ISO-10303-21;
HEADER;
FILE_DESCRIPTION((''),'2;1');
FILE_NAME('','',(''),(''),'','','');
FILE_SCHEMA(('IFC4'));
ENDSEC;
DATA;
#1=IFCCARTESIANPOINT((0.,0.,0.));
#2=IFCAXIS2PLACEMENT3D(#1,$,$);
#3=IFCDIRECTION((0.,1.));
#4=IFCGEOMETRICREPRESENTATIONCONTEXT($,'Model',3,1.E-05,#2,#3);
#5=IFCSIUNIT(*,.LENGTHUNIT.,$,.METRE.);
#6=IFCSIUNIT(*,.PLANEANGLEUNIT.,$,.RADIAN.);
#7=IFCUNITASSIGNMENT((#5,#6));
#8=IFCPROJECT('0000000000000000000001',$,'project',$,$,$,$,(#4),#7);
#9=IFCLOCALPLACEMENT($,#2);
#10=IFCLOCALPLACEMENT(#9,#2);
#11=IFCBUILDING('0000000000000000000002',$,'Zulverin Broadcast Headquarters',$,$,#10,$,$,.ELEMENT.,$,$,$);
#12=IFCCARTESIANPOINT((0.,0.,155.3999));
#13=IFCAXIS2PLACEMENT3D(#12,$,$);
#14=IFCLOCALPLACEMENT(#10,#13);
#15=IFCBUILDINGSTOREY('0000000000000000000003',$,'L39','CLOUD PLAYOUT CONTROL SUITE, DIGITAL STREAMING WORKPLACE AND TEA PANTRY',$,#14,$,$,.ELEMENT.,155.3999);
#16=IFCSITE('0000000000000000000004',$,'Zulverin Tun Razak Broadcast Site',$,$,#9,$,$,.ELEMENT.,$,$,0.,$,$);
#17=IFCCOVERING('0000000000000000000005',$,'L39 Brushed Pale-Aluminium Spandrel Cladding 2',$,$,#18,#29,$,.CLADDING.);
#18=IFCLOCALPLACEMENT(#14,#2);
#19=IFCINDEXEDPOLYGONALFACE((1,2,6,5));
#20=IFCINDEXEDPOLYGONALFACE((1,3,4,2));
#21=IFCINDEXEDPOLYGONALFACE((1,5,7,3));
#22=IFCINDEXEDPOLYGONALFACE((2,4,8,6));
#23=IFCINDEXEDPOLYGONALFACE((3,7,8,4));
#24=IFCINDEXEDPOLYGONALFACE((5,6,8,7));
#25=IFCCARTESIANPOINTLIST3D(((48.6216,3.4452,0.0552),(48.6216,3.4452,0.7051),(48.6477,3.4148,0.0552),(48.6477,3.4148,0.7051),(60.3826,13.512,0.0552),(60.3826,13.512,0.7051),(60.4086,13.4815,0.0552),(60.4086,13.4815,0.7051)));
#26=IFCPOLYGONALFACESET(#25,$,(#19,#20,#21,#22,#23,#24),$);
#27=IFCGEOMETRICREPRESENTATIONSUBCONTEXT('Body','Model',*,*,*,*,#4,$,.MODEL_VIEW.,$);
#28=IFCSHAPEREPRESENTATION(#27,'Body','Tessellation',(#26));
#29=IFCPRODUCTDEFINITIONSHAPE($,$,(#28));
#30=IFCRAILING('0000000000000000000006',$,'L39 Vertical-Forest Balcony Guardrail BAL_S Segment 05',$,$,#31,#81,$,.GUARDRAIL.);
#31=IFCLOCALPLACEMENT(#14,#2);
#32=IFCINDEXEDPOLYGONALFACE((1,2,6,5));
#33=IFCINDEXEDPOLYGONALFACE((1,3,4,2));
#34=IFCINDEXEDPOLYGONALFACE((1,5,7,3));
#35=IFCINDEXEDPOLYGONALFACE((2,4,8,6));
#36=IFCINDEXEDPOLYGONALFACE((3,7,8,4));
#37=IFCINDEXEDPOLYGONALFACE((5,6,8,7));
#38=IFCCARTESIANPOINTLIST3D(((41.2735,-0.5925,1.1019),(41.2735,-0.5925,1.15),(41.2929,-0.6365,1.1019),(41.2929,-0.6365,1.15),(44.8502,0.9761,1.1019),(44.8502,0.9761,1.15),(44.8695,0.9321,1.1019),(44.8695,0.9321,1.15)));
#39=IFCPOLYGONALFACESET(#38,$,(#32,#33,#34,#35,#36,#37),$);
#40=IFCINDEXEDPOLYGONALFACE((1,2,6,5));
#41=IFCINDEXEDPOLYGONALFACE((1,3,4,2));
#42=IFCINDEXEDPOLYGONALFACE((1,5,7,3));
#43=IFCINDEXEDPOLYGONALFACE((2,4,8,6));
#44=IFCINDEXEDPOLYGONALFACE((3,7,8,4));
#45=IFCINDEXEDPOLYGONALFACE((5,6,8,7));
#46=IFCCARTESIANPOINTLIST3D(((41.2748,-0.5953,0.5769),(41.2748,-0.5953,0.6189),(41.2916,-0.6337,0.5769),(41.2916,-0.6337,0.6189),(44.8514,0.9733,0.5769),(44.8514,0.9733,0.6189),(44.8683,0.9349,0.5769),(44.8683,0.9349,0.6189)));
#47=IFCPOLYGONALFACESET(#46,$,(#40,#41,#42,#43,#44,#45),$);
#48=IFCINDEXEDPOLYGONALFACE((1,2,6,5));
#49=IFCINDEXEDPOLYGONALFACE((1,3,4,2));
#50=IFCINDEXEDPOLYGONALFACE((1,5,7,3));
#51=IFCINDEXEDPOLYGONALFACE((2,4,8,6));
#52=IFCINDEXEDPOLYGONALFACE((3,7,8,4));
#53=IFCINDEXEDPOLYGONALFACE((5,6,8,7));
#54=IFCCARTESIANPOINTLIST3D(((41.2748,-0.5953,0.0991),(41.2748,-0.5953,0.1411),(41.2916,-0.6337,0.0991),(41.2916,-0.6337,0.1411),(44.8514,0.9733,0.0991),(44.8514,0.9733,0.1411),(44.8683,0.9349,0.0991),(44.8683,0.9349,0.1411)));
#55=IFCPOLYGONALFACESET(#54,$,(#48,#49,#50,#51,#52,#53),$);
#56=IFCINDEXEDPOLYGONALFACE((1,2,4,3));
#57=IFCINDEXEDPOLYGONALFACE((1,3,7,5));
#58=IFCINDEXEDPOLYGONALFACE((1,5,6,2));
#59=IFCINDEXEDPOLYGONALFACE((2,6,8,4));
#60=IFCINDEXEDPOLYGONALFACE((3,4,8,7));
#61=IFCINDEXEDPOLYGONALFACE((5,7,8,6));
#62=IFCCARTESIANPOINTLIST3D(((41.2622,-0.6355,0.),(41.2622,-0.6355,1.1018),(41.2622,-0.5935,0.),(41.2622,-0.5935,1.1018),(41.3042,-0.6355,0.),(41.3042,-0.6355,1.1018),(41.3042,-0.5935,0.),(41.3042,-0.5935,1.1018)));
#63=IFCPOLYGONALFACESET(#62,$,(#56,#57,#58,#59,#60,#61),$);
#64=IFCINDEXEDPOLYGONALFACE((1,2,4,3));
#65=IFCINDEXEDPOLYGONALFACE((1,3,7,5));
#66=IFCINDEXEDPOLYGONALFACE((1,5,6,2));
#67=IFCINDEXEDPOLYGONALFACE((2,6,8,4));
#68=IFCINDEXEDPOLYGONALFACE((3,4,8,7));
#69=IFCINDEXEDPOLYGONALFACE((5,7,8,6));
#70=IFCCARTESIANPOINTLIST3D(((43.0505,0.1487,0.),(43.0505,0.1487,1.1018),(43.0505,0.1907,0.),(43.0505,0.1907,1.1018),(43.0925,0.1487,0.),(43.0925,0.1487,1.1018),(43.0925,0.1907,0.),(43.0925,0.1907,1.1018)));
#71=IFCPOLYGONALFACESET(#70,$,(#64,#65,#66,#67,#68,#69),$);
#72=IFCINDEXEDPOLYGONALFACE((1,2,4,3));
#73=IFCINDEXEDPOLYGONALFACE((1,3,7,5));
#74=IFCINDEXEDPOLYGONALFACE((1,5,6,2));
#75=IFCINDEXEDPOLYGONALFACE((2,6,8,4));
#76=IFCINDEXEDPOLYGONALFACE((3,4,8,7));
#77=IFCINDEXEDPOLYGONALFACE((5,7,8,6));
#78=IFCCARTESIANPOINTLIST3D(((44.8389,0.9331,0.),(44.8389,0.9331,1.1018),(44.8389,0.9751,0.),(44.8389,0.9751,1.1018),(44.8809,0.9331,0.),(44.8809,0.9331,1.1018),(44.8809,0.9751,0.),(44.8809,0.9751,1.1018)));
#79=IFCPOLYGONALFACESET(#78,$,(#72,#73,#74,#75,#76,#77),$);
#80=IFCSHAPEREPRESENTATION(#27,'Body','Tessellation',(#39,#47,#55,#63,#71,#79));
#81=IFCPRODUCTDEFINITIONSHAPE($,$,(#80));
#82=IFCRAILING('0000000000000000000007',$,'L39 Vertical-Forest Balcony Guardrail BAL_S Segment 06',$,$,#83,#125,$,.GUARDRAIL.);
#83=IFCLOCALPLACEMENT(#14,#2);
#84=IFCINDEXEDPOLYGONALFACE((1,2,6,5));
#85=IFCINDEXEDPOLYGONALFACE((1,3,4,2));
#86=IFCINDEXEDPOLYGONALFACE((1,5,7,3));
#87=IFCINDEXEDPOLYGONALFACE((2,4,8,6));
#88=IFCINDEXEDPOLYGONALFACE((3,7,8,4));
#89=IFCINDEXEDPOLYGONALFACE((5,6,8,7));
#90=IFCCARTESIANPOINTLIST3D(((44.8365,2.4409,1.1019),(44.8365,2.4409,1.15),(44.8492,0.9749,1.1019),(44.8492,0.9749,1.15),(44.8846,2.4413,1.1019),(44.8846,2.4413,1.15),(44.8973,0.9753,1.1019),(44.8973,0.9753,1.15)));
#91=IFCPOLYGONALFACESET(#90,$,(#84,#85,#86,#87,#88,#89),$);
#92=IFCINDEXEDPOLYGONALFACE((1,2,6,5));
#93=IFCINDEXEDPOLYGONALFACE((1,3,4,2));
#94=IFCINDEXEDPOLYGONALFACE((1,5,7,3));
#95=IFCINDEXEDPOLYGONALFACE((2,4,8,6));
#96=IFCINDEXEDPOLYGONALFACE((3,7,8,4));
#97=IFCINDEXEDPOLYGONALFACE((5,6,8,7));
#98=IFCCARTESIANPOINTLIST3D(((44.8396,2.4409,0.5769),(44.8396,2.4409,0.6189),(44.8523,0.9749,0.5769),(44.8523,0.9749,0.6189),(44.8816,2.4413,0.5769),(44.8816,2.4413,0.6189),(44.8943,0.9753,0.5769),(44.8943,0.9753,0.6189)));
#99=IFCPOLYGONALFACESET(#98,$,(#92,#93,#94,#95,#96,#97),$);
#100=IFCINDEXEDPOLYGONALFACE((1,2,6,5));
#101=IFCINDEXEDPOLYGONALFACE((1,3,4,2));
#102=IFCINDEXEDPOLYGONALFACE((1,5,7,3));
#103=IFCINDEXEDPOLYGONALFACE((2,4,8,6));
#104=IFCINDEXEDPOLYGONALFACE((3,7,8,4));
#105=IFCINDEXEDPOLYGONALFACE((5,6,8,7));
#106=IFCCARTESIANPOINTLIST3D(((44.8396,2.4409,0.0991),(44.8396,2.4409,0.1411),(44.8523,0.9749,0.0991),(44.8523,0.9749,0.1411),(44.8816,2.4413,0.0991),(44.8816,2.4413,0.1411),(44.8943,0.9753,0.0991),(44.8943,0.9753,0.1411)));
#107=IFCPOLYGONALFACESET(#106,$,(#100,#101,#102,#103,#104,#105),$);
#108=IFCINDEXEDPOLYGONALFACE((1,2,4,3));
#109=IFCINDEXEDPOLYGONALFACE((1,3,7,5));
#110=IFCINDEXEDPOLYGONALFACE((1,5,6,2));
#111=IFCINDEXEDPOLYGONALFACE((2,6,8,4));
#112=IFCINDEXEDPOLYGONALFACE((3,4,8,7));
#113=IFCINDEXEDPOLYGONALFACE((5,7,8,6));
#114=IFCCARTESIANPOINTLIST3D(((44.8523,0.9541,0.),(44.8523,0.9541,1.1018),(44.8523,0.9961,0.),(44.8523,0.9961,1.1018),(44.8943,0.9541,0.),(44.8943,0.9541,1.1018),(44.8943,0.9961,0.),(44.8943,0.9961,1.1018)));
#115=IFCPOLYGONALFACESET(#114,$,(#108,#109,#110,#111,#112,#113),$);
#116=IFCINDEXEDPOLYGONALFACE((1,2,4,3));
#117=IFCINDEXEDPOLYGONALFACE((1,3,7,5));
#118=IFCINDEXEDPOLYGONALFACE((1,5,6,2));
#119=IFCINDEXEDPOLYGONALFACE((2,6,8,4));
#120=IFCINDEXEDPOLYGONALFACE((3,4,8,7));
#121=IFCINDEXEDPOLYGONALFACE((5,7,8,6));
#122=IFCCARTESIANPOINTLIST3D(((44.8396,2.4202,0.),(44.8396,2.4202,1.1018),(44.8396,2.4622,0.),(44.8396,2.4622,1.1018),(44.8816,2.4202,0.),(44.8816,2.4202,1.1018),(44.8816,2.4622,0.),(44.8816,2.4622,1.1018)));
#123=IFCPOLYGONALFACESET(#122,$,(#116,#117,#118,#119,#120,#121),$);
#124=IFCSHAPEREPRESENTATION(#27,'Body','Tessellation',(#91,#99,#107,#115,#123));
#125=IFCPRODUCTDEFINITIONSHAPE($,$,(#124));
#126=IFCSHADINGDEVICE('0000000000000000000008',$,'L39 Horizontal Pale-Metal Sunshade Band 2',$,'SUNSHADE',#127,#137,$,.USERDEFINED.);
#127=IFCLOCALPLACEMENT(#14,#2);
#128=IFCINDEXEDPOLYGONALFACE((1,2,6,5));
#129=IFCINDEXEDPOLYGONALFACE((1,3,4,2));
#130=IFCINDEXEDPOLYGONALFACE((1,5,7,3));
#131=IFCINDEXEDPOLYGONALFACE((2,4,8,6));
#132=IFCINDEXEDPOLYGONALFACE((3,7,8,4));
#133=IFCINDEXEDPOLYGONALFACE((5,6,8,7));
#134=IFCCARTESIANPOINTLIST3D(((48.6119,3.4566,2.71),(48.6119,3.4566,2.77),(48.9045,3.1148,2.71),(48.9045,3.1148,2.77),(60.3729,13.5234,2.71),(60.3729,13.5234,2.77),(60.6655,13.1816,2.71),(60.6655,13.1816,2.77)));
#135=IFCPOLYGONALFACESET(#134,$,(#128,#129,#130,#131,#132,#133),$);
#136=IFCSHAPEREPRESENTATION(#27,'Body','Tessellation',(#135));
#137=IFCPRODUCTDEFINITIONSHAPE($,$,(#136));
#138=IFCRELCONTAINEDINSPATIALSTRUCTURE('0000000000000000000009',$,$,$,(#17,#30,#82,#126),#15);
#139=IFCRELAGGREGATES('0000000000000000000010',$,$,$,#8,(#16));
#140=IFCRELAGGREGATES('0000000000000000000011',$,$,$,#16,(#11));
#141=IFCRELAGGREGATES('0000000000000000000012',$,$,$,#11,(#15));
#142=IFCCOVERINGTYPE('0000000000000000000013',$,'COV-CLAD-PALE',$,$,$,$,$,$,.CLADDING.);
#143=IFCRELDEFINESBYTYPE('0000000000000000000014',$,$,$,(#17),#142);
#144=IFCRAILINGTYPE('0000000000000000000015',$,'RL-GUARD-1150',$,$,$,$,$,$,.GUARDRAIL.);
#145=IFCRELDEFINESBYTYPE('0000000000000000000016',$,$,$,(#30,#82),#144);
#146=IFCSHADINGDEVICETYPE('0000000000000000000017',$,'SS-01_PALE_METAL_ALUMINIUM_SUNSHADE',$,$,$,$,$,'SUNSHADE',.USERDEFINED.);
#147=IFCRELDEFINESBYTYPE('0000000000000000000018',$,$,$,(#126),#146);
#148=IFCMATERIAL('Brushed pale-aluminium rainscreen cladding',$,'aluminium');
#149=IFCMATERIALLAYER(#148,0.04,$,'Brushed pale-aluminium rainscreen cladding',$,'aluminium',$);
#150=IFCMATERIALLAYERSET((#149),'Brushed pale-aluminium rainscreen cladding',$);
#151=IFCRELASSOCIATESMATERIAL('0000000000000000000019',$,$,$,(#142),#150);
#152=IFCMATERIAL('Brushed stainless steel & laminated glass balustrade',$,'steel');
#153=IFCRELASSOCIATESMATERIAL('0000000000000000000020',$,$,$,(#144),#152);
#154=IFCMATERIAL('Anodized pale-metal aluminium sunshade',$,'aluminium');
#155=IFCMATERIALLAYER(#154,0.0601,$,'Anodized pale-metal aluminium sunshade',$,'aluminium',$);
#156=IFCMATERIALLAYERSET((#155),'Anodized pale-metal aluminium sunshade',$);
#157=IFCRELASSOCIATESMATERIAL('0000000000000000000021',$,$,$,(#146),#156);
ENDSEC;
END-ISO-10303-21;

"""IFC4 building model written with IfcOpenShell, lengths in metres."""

from ifc_helpers import new_model, si_unit, direction, frame, origin, origin_2d, place, context, subcontext, project, spatial, rectangle, extrude, material, layer, layer_set, type_object, element, save


model = new_model("IFC4")

# Units and contexts
model_context = context("Model", 3, precision=1e-05, world=origin(), true_north=direction((0.0, 1.0)))
body_context = subcontext(model_context, "Body", "Model", "MODEL_VIEW")
ifc_project = project(units=[si_unit("LENGTHUNIT", "METRE"), si_unit("PLANEANGLEUNIT", "RADIAN")], contexts=[model_context])

# Site, building, storey
site_placement = place(None, origin())
site = spatial("IfcSite", under=ifc_project, at=site_placement, Name="Zulverin Tun Razak Broadcast Site", CompositionType="ELEMENT", RefElevation=0.0)
building_placement = place(site_placement, origin())
building = spatial("IfcBuilding", under=site, at=building_placement, Name="Zulverin Broadcast Headquarters", CompositionType="ELEMENT")
storey_placement = place(building_placement, frame((0.0, 0.0, 155.3999)))
storey = spatial("IfcBuildingStorey", under=building, at=storey_placement, Name="L39", Description="CLOUD PLAYOUT CONTROL SUITE, DIGITAL STREAMING WORKPLACE AND TEA PANTRY", CompositionType="ELEMENT", Elevation=155.3999)

# Covering
ifc_material_1 = material(Name="Brushed pale-aluminium rainscreen cladding", Category="aluminium")
ifc_layer_1 = layer(ifc_material_1, 0.04, Name="Brushed pale-aluminium rainscreen cladding", Category="aluminium")
ifc_layer_set_1 = layer_set([ifc_layer_1], Name="Brushed pale-aluminium rainscreen cladding")
covering_type = type_object("IfcCoveringType", Name="COV-CLAD-PALE", PredefinedType="CLADDING", material=ifc_layer_set_1)
covering_placement = place(storey_placement, frame((54.5151, 8.4634, 0.0552), z_axis=(0.0, 0.0, 1.0), x_axis=(0.759706, 0.650267, 0.0)))
element("IfcCovering", 1, at=covering_placement, inside=storey, type_object=covering_type, Name="L39 Brushed Pale-Aluminium Spandrel Cladding 2", PredefinedType="CLADDING", context=body_context, shape_type="SweptSolid", body=[
    extrude(rectangle(XDim=15.481, YDim=0.04, at=origin_2d()), origin(), (0.0, 0.0, 1.0), 0.6499),
])

# Railings
ifc_material_2 = material(Name="Brushed stainless steel & laminated glass balustrade", Category="steel")
railing_type = type_object("IfcRailingType", Name="RL-GUARD-1150", PredefinedType="GUARDRAIL", material=ifc_material_2)
railing_1_placement = place(storey_placement, frame((41.2832, -0.6145, 0.0)))
element("IfcRailing", 2, at=railing_1_placement, inside=storey, type_object=railing_type, Name="L39 Vertical-Forest Balcony Guardrail BAL_S Segment 05", PredefinedType="GUARDRAIL", context=body_context, shape_type="SweptSolid", body=[
    extrude(rectangle(XDim=0.0481, YDim=0.0481, at=origin_2d()), frame((0.0, 0.0, 1.126), z_axis=(0.915798, 0.401639, 0.0), x_axis=(-0.401639, 0.915798, 0.0)), (0.0, 0.0, 1.0), 3.9055),
    extrude(rectangle(XDim=0.042, YDim=0.042, at=origin_2d()), frame((0.0, 0.0, 0.5979), z_axis=(0.915798, 0.401639, 0.0), x_axis=(-0.401639, 0.915798, 0.0)), (0.0, 0.0, 1.0), 3.9055),
    extrude(rectangle(XDim=0.042, YDim=0.042, at=origin_2d()), frame((0.0, 0.0, 0.1201), z_axis=(0.915798, 0.401639, 0.0), x_axis=(-0.401639, 0.915798, 0.0)), (0.0, 0.0, 1.0), 3.9055),
    extrude(rectangle(XDim=0.042, YDim=0.042, at=origin_2d()), origin(), (0.0, 0.0, 1.0), 1.1018),
    extrude(rectangle(XDim=0.042, YDim=0.042, at=origin_2d()), frame((1.7883, 0.7842, 0.0)), (0.0, 0.0, 1.0), 1.1018),
    extrude(rectangle(XDim=0.042, YDim=0.042, at=origin_2d()), frame((3.5767, 1.5686, 0.0)), (0.0, 0.0, 1.0), 1.1018),
])
railing_2_placement = place(storey_placement, frame((44.8733, 0.9751, 0.0)))
element("IfcRailing", 3, at=railing_2_placement, inside=storey, type_object=railing_type, Name="L39 Vertical-Forest Balcony Guardrail BAL_S Segment 06", PredefinedType="GUARDRAIL", context=body_context, shape_type="SweptSolid", body=[
    extrude(rectangle(XDim=0.0481, YDim=0.0481, at=origin_2d()), frame((0.0, 0.0, 1.126), z_axis=(-0.008659, 0.999963, 0.0), x_axis=(-0.999963, -0.008659, 0.0)), (0.0, 0.0, 1.0), 1.4661),
    extrude(rectangle(XDim=0.042, YDim=0.042, at=origin_2d()), frame((0.0, 0.0, 0.5979), z_axis=(-0.008659, 0.999963, 0.0), x_axis=(-0.999963, -0.008659, 0.0)), (0.0, 0.0, 1.0), 1.4661),
    extrude(rectangle(XDim=0.042, YDim=0.042, at=origin_2d()), frame((0.0, 0.0, 0.1201), z_axis=(-0.008659, 0.999963, 0.0), x_axis=(-0.999963, -0.008659, 0.0)), (0.0, 0.0, 1.0), 1.4661),
    extrude(rectangle(XDim=0.042, YDim=0.042, at=origin_2d()), origin(), (0.0, 0.0, 1.0), 1.1018),
    extrude(rectangle(XDim=0.042, YDim=0.042, at=origin_2d()), frame((-0.0127, 1.4661, 0.0)), (0.0, 0.0, 1.0), 1.1018),
])

# Shading device
ifc_material_3 = material(Name="Anodized pale-metal aluminium sunshade", Category="aluminium")
ifc_layer_2 = layer(ifc_material_3, 0.0601, Name="Anodized pale-metal aluminium sunshade", Category="aluminium")
ifc_layer_set_2 = layer_set([ifc_layer_2], Name="Anodized pale-metal aluminium sunshade")
shading_device_type = type_object("IfcShadingDeviceType", Name="SS-01_PALE_METAL_ALUMINIUM_SUNSHADE", ElementType="SUNSHADE", PredefinedType="USERDEFINED", material=ifc_layer_set_2)
shading_device_placement = place(storey_placement, frame((54.6387, 8.3191, 2.71), z_axis=(0.0, 0.0, 1.0), x_axis=(0.759706, 0.650267, 0.0)))
element("IfcShadingDevice", 4, at=shading_device_placement, inside=storey, type_object=shading_device_type, Name="L39 Horizontal Pale-Metal Sunshade Band 2", ObjectType="SUNSHADE", PredefinedType="USERDEFINED", context=body_context, shape_type="SweptSolid", body=[
    extrude(rectangle(XDim=15.481, YDim=0.45, at=origin_2d()), origin(), (0.0, 0.0, 1.0), 0.0601),
])

save(model, "model.ifc")
